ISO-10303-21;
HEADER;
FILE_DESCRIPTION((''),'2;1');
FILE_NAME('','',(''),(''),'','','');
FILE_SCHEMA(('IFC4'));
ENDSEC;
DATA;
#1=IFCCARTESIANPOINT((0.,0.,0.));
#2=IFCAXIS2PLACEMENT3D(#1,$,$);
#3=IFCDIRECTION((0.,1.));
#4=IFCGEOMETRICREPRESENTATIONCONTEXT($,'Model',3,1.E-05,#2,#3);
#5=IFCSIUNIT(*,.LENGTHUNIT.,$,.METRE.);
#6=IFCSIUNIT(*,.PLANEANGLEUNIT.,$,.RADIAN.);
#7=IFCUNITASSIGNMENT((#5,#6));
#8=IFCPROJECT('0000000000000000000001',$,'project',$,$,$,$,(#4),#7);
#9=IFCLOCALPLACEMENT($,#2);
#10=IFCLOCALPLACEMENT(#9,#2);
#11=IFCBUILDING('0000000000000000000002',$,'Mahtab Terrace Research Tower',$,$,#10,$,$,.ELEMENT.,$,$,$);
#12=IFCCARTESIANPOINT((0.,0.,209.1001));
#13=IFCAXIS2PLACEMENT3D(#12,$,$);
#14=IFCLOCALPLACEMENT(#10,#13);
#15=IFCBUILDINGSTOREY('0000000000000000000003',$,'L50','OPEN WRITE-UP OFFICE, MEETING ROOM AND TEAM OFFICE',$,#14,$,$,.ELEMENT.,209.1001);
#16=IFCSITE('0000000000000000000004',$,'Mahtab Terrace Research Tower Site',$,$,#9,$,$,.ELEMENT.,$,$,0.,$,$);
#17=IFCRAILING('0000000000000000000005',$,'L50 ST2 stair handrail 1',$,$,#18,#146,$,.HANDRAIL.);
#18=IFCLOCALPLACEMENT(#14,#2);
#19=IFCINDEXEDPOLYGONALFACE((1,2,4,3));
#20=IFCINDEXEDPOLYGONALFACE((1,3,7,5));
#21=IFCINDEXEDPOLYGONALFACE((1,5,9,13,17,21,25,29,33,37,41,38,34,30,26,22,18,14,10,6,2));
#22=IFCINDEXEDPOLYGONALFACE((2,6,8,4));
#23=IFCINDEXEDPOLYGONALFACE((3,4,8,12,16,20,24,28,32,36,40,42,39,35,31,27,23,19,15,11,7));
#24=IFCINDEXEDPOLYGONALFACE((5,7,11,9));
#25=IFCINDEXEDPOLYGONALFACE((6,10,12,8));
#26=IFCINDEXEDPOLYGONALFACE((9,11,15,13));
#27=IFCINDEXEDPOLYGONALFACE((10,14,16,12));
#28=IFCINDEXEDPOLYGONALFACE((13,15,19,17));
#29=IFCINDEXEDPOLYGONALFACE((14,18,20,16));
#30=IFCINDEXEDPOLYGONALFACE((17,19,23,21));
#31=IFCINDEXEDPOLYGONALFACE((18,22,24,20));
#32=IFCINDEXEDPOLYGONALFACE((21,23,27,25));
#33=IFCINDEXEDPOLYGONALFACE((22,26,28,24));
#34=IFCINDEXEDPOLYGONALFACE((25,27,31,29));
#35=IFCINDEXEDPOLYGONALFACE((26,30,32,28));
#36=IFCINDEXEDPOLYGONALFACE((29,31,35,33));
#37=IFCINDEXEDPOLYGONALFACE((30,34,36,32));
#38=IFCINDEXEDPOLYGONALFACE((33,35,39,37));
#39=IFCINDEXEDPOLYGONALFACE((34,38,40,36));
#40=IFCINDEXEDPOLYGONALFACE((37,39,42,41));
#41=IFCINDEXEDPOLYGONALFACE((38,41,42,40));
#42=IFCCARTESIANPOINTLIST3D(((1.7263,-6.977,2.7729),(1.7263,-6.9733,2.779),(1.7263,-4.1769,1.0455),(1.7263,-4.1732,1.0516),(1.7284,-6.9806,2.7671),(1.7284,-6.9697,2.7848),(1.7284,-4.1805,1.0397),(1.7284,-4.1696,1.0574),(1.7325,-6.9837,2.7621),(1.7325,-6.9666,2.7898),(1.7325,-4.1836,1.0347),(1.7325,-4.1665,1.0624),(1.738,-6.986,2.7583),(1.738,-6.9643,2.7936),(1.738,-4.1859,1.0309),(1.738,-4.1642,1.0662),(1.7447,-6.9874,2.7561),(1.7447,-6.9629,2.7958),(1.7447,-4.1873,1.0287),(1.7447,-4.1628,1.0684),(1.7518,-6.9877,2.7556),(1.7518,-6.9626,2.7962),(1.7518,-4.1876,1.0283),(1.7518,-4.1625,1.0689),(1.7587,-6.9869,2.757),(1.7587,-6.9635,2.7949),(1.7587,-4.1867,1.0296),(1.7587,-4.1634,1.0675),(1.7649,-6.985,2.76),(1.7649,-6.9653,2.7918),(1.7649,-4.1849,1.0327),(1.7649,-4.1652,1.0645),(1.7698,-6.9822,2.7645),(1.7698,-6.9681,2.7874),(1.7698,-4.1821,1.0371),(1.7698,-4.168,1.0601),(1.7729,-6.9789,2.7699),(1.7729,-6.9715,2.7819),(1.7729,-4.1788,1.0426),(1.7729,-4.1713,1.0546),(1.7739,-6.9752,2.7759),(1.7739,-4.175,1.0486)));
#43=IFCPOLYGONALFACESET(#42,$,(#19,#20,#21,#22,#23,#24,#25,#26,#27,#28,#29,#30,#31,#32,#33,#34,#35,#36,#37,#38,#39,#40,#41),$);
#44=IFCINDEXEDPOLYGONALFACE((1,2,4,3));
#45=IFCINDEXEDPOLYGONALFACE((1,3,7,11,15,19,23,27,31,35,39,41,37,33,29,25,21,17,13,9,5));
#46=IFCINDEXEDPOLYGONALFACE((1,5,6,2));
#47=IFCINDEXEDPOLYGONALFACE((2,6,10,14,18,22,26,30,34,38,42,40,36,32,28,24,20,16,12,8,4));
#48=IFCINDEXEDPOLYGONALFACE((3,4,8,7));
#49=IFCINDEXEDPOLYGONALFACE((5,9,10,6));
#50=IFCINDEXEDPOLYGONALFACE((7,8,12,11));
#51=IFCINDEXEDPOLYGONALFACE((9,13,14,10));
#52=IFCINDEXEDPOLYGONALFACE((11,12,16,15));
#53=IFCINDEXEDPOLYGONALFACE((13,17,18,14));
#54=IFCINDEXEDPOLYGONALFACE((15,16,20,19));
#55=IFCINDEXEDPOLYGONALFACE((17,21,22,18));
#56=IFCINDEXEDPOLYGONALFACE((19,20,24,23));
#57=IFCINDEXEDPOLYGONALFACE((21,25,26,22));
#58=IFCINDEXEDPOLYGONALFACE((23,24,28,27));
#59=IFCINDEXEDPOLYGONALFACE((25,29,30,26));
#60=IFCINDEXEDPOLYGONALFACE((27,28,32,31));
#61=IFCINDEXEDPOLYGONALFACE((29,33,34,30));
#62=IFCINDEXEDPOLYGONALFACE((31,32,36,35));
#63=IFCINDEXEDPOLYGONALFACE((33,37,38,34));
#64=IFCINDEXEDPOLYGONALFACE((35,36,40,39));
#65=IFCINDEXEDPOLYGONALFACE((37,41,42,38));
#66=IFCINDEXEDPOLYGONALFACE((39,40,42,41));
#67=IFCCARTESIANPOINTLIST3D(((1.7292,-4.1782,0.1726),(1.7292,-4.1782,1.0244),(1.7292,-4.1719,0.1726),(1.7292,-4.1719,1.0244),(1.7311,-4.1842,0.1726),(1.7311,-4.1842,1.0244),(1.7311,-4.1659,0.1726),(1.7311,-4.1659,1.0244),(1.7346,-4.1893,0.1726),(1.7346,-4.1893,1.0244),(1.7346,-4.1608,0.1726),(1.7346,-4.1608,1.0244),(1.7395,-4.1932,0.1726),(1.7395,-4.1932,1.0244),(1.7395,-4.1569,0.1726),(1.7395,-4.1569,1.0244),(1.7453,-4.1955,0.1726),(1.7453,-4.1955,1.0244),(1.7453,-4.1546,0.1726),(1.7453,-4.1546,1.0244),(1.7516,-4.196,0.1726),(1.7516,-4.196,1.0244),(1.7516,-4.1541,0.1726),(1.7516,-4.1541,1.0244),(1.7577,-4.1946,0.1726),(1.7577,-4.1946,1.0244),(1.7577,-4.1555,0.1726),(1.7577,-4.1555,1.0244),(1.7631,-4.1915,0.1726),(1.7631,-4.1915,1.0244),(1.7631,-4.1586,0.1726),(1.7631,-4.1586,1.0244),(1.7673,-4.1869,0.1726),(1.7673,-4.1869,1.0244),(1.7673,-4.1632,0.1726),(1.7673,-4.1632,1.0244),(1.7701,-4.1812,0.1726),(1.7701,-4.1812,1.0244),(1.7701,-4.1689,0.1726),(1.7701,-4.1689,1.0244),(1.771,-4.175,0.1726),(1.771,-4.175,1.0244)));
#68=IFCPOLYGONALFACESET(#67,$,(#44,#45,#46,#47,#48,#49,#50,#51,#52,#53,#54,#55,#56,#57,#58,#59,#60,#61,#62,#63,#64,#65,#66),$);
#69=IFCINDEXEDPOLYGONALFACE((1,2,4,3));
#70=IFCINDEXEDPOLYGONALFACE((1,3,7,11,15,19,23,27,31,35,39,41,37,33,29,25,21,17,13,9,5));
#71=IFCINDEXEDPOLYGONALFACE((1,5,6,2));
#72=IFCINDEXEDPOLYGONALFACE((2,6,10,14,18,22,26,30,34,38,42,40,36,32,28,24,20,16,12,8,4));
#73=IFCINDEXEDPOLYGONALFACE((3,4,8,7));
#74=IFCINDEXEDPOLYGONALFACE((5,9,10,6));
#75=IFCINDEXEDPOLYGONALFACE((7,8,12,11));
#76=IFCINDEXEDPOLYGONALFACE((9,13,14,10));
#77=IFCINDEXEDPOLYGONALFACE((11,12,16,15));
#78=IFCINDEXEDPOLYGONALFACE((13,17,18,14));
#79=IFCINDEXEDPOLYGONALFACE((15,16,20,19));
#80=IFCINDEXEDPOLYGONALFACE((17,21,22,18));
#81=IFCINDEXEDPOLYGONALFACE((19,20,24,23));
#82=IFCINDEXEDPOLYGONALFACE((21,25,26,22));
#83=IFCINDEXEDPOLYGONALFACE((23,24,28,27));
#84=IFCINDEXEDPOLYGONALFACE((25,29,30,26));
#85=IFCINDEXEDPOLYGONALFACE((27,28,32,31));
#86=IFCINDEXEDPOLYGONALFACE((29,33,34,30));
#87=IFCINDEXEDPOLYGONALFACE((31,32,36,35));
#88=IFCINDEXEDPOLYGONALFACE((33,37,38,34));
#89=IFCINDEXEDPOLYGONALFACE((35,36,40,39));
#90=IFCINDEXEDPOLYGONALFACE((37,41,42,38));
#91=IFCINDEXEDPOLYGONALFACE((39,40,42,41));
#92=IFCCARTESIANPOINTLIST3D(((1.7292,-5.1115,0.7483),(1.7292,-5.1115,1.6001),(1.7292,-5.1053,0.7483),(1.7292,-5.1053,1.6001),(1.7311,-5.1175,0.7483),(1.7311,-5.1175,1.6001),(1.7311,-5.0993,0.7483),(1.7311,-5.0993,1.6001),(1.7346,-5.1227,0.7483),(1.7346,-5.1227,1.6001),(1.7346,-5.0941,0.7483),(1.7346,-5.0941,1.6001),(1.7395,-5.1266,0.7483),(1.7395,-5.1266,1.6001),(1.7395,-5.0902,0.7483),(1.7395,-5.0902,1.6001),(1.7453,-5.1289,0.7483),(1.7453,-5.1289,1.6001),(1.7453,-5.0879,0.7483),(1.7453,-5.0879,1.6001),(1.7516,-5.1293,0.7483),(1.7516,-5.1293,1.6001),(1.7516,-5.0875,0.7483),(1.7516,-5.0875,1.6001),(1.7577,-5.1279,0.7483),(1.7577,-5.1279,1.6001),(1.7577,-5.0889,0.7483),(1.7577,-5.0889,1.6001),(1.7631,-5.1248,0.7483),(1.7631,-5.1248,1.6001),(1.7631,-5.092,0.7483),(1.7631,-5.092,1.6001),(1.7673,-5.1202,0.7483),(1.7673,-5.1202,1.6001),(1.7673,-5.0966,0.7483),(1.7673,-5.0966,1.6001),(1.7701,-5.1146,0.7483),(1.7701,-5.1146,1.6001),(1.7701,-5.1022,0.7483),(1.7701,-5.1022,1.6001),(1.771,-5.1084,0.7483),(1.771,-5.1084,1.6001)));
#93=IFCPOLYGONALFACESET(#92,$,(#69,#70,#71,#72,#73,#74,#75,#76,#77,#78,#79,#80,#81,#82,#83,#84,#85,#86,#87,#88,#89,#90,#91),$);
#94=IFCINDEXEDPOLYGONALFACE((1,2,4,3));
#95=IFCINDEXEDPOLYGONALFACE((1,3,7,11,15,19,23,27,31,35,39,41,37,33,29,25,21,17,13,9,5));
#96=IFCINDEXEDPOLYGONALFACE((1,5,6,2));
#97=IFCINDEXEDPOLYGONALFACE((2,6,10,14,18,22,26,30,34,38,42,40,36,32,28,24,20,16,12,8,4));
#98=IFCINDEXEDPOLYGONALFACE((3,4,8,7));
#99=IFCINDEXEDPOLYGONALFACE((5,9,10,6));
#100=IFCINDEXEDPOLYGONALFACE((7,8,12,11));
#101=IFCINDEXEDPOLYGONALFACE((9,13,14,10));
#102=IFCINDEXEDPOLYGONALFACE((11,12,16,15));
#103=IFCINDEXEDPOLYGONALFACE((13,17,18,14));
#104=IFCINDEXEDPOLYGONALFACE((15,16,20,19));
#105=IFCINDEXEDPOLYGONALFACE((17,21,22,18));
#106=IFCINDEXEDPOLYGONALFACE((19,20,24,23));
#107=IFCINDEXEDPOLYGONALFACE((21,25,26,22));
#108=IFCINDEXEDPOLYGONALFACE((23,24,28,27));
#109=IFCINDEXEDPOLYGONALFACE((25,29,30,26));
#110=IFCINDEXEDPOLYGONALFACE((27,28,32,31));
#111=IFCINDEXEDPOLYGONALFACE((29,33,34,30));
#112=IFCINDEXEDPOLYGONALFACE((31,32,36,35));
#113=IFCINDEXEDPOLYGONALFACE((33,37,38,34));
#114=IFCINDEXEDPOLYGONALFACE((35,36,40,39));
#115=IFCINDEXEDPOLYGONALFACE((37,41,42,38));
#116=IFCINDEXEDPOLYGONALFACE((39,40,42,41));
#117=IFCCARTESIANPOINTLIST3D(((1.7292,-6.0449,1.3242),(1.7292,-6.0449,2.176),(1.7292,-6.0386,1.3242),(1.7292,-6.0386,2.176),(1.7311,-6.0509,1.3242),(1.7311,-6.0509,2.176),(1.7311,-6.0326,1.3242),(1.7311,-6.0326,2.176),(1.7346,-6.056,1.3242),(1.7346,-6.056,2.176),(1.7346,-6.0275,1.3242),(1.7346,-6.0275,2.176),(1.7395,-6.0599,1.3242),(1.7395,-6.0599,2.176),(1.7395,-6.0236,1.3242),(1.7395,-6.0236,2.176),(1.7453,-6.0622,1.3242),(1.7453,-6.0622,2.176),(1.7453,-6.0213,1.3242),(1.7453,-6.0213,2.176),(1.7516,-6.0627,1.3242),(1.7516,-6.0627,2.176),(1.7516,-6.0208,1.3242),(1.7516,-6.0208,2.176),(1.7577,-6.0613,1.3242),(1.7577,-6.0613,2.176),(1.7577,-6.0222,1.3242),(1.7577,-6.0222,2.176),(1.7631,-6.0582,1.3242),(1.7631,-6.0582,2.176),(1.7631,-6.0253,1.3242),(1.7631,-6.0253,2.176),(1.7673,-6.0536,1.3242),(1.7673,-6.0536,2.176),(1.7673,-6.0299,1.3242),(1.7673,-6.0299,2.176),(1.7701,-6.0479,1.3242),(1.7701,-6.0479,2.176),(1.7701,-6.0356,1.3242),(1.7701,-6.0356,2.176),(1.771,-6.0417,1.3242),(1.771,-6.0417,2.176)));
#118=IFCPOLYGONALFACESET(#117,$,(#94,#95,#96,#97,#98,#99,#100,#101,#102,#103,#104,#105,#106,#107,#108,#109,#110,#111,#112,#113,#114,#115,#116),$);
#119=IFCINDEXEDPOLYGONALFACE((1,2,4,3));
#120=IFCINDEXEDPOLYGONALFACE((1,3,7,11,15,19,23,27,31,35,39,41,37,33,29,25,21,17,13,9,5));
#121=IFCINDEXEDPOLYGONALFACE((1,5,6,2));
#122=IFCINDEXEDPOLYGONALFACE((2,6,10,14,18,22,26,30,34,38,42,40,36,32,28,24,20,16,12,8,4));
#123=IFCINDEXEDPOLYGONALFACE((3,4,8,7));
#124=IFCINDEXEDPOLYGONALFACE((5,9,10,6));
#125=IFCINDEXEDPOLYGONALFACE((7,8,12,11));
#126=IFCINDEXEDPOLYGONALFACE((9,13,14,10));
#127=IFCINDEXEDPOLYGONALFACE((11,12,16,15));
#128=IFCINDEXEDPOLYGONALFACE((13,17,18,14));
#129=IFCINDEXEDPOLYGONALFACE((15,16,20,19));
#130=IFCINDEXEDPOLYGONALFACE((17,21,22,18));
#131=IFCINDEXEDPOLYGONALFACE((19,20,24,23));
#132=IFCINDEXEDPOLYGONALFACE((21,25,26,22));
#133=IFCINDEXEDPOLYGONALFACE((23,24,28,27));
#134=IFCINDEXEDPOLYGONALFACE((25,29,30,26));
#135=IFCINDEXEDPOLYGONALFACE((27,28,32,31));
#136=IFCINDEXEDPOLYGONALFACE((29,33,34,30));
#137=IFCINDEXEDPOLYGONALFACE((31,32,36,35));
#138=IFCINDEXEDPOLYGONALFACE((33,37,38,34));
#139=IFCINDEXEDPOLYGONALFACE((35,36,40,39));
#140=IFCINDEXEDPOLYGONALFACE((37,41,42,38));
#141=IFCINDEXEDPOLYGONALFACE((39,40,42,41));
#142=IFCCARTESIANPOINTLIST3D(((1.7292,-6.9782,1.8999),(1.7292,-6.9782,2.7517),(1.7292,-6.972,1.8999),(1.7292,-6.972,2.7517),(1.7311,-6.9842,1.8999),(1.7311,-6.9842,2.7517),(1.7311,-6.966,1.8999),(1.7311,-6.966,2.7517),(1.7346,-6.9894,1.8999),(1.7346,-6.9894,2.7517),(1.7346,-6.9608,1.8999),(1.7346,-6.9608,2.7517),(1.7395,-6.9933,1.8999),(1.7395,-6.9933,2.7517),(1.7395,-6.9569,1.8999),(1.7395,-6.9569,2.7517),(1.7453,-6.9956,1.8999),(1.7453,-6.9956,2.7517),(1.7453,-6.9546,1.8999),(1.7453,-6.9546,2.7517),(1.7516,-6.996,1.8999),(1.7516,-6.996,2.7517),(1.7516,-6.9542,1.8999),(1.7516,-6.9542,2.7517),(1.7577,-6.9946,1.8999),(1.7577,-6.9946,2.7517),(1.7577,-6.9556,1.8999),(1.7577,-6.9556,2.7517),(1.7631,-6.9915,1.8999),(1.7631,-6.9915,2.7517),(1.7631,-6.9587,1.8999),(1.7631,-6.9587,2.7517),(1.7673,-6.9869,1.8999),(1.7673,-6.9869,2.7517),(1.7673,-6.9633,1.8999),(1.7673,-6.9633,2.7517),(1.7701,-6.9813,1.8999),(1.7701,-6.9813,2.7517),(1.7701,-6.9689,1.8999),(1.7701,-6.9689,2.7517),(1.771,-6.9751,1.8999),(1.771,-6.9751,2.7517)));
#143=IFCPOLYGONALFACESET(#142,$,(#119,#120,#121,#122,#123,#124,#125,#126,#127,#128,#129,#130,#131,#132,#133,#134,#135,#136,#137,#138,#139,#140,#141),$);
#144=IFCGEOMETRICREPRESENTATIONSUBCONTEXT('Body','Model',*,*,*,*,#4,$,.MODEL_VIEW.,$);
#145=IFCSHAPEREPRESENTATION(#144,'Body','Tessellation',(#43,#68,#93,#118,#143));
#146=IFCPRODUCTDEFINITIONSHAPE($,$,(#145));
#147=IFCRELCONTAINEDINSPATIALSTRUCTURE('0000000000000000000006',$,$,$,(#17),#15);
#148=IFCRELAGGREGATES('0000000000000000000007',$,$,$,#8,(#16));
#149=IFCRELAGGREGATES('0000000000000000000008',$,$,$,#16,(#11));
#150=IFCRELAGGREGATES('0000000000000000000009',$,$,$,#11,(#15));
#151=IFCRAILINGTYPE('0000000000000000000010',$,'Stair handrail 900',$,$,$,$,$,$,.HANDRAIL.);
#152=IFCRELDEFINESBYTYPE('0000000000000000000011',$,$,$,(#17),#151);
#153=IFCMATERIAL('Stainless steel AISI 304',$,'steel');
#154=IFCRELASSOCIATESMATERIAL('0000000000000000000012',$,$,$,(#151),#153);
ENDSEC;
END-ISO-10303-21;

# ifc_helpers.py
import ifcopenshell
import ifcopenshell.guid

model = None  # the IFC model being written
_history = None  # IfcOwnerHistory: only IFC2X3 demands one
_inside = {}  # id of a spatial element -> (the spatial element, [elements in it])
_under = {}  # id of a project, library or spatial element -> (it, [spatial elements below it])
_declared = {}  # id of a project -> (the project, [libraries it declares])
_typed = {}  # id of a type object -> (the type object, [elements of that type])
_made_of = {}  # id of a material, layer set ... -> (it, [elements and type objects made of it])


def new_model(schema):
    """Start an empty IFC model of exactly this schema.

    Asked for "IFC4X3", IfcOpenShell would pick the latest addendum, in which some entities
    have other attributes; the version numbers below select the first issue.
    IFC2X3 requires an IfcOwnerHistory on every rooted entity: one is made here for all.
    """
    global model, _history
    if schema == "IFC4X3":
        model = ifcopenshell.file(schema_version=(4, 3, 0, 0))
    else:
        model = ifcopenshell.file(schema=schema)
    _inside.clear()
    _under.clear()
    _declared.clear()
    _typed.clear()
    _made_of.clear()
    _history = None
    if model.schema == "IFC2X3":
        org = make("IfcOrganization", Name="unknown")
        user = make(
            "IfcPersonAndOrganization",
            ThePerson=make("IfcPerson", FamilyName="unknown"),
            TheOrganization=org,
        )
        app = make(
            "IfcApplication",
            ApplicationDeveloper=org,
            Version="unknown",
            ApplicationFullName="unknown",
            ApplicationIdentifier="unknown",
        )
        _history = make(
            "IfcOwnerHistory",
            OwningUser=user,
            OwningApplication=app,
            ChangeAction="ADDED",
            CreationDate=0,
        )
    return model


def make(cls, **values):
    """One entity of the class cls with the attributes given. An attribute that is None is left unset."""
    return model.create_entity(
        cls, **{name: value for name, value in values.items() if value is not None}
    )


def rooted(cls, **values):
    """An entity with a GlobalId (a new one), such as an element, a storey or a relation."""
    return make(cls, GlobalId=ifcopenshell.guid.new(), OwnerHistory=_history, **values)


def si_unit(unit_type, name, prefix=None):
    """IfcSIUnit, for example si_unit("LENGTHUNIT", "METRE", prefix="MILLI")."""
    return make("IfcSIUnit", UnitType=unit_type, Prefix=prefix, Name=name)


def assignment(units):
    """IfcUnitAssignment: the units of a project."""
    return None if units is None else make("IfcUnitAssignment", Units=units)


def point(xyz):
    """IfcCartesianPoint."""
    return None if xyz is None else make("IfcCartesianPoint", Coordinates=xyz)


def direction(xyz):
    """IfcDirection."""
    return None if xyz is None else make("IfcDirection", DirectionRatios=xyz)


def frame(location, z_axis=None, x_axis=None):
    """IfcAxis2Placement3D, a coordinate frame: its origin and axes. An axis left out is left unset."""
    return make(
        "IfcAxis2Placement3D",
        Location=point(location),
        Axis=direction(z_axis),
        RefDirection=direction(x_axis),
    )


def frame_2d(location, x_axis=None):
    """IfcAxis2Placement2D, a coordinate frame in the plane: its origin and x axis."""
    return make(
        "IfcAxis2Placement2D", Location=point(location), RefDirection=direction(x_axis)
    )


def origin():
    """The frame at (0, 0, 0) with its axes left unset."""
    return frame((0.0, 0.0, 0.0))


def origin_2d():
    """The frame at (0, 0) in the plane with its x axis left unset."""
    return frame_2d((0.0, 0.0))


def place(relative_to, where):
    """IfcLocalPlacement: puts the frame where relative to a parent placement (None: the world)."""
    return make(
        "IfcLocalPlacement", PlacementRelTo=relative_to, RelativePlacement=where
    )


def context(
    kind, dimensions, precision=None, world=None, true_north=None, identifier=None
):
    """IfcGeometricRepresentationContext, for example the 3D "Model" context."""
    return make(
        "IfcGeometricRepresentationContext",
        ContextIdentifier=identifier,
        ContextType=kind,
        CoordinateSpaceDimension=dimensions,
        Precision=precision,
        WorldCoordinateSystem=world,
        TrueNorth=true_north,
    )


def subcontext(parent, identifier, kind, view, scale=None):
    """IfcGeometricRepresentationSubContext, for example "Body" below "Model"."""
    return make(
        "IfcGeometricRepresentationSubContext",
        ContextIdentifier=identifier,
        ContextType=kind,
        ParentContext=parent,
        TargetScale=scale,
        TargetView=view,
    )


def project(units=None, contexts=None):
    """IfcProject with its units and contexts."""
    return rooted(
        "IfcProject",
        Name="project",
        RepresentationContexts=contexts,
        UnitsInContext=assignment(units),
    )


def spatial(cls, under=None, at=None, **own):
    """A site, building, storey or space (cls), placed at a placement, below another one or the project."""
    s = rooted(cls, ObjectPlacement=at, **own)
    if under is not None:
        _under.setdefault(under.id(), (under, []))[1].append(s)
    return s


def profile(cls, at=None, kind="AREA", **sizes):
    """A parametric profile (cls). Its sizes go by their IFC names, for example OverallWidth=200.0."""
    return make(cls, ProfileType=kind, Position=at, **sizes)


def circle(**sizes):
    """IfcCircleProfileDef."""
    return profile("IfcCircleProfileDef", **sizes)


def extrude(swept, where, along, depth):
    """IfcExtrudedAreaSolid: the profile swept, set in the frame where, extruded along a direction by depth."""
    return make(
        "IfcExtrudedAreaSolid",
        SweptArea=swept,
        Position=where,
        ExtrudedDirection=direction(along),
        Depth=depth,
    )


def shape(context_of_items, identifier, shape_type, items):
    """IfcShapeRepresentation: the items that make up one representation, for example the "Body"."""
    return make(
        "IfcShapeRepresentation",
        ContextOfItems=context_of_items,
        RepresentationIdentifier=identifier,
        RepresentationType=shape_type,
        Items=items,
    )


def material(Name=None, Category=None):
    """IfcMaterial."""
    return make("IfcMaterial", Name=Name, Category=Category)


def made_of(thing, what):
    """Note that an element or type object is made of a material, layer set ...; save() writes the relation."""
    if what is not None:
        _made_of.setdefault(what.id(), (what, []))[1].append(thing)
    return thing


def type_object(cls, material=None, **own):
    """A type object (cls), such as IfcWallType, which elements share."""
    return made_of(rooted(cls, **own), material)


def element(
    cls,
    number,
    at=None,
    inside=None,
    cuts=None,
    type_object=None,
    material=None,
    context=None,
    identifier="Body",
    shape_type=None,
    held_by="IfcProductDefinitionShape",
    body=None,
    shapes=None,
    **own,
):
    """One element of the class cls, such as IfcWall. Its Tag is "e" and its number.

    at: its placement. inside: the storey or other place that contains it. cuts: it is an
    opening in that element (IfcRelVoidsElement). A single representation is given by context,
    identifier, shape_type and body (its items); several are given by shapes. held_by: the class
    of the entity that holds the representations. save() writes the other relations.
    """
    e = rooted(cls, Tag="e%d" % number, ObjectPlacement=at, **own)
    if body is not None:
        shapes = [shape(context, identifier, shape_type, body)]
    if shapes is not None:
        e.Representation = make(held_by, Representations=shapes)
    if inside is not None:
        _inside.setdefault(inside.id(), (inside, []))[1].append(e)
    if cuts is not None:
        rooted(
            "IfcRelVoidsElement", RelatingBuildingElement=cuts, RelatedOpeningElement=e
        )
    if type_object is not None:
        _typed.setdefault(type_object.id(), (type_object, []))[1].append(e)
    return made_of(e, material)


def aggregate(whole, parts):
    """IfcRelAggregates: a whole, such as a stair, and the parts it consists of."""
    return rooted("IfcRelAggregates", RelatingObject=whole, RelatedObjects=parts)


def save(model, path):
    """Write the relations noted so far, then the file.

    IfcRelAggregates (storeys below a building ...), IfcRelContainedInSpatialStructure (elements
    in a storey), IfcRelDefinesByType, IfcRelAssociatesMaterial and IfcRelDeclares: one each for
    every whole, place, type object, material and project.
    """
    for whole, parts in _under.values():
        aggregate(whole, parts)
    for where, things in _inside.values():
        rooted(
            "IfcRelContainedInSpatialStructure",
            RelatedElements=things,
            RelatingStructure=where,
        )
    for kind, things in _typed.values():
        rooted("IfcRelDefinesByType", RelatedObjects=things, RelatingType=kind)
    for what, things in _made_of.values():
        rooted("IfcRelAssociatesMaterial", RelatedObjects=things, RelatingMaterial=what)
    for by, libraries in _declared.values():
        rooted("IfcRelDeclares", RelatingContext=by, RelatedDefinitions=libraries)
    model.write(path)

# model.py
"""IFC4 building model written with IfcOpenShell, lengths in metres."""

from ifc_helpers import new_model, si_unit, direction, frame, origin, origin_2d, place, context, subcontext, project, spatial, circle, extrude, material, type_object, element, save


model = new_model("IFC4")

# Units and contexts
model_context = context("Model", 3, precision=1e-05, world=origin(), true_north=direction((0.0, 1.0)))
body_context = subcontext(model_context, "Body", "Model", "MODEL_VIEW")
ifc_project = project(units=[si_unit("LENGTHUNIT", "METRE"), si_unit("PLANEANGLEUNIT", "RADIAN")], contexts=[model_context])

# Site, building, storey
site_placement = place(None, origin())
site = spatial("IfcSite", under=ifc_project, at=site_placement, Name="Mahtab Terrace Research Tower Site", CompositionType="ELEMENT", RefElevation=0.0)
building_placement = place(site_placement, origin())
building = spatial("IfcBuilding", under=site, at=building_placement, Name="Mahtab Terrace Research Tower", CompositionType="ELEMENT")
storey_placement = place(building_placement, frame((0.0, 0.0, 209.1001)))
storey = spatial("IfcBuildingStorey", under=building, at=storey_placement, Name="L50", Description="OPEN WRITE-UP OFFICE, MEETING ROOM AND TEAM OFFICE", CompositionType="ELEMENT", Elevation=209.1001)

# Railing
ifc_material_1 = material(Name="Stainless steel AISI 304", Category="steel")
railing_type_1 = type_object("IfcRailingType", Name="Stair handrail 900", PredefinedType="HANDRAIL", material=ifc_material_1)
railing_1_placement = place(storey_placement, frame((1.75, -4.175, 0.1726)))
element("IfcRailing", 1, at=railing_1_placement, inside=storey, type_object=railing_type_1, Name="L50 ST2 stair handrail 1", PredefinedType="HANDRAIL", context=body_context, shape_type="SweptSolid", body=[
    extrude(circle(Radius=0.0239, at=origin_2d()), frame((0.0, 0.0, 0.876), z_axis=(0.0, -0.85109, 0.52502), x_axis=(1.0, 0.0, 0.0)), (0.0, 0.0, 1.0), 3.29),
    extrude(circle(Radius=0.021, at=origin_2d()), origin(), (0.0, 0.0, 1.0), 0.8518),
    extrude(circle(Radius=0.021, at=origin_2d()), frame((0.0, -0.9333, 0.5757)), (0.0, 0.0, 1.0), 0.8518),
    extrude(circle(Radius=0.021, at=origin_2d()), frame((0.0, -1.8667, 1.1516)), (0.0, 0.0, 1.0), 0.8518),
    extrude(circle(Radius=0.021, at=origin_2d()), frame((0.0, -2.8, 1.7273)), (0.0, 0.0, 1.0), 0.8518),
])

save(model, "model.ifc")
